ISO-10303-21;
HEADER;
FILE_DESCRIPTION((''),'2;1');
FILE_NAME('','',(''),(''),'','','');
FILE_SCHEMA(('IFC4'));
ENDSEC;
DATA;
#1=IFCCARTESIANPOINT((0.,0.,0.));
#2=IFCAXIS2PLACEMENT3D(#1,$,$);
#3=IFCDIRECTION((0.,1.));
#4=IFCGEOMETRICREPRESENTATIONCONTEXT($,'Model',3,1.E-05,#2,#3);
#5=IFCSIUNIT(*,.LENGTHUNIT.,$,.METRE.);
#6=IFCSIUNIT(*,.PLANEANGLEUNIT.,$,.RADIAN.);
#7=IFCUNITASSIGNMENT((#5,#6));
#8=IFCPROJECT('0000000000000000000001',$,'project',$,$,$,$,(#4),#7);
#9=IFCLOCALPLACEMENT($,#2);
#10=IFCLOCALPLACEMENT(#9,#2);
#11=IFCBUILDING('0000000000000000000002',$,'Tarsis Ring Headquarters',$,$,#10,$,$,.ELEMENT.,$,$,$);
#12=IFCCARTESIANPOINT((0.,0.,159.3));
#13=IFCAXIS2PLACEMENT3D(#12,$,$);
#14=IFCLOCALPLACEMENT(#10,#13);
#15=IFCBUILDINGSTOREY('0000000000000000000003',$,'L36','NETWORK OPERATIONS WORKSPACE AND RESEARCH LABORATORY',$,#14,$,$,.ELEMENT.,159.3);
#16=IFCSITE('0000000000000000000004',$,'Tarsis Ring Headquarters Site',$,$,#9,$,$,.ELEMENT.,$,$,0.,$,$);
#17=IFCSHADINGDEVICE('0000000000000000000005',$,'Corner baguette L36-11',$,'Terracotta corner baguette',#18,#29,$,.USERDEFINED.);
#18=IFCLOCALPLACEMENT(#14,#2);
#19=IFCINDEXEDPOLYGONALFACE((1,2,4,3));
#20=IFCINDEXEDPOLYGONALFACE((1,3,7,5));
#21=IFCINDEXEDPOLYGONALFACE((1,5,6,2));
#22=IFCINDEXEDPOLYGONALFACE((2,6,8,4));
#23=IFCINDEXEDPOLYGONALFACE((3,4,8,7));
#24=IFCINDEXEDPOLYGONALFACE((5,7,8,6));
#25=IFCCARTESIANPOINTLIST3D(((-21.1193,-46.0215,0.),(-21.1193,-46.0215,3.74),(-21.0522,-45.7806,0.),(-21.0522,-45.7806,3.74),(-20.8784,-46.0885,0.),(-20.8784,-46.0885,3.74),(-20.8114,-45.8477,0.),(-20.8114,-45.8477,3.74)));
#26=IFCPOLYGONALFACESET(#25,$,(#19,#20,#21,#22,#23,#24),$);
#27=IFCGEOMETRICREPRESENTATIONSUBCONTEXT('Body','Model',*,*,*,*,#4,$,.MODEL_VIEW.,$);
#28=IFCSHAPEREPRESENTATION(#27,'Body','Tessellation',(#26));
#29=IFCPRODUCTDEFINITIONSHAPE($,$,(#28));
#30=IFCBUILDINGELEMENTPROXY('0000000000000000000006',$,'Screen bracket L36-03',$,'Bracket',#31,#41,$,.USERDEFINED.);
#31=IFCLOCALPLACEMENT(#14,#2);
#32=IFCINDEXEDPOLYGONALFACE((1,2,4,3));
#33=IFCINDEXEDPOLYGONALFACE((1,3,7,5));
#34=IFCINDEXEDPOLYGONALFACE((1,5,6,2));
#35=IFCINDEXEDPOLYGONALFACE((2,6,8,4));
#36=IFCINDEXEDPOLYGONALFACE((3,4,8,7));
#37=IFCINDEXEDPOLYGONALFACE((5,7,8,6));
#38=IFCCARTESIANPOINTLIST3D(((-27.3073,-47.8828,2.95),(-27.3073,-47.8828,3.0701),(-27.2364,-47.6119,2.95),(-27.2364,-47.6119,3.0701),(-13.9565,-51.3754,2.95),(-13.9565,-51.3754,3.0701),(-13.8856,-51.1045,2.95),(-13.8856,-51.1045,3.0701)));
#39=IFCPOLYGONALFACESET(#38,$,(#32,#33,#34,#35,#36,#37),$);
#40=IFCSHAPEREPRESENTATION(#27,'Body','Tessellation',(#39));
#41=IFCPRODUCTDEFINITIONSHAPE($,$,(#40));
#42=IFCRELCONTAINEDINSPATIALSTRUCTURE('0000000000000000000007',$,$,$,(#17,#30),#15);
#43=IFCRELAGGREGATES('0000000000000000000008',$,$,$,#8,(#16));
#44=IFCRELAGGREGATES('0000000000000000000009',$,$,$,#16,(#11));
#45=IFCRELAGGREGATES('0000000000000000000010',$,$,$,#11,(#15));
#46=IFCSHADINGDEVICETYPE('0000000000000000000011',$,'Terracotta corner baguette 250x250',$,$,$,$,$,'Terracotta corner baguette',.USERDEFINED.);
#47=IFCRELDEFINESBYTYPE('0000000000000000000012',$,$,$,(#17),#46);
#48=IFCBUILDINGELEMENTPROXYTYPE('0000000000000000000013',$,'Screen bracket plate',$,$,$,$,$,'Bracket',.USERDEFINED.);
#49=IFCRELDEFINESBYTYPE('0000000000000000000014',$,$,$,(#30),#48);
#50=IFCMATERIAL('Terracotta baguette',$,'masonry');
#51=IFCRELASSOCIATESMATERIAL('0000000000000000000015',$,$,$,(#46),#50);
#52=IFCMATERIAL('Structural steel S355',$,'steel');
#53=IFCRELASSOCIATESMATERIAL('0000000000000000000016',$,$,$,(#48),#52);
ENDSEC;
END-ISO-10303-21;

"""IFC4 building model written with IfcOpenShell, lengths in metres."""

from ifc_helpers import new_model, si_unit, direction, frame, origin, origin_2d, place, context, subcontext, project, spatial, rectangle, extrude, material, type_object, element, save


model = new_model("IFC4")

# Units and contexts
model_context = context("Model", 3, precision=1e-05, world=origin(), true_north=direction((0.0, 1.0)))
body_context = subcontext(model_context, "Body", "Model", "MODEL_VIEW")
ifc_project = project(units=[si_unit("LENGTHUNIT", "METRE"), si_unit("PLANEANGLEUNIT", "RADIAN")], contexts=[model_context])

# Site, building, storey
site_placement = place(None, origin())
site = spatial("IfcSite", under=ifc_project, at=site_placement, Name="Tarsis Ring Headquarters Site", CompositionType="ELEMENT", RefElevation=0.0)
building_placement = place(site_placement, origin())
building = spatial("IfcBuilding", under=site, at=building_placement, Name="Tarsis Ring Headquarters", CompositionType="ELEMENT")
storey_placement = place(building_placement, frame((0.0, 0.0, 159.3)))
storey = spatial("IfcBuildingStorey", under=building, at=storey_placement, Name="L36", Description="NETWORK OPERATIONS WORKSPACE AND RESEARCH LABORATORY", CompositionType="ELEMENT", Elevation=159.3)

# Shared definitions
ifc_material_1 = material(Name="Structural steel S355", Category="steel")

# Shading device
ifc_material_2 = material(Name="Terracotta baguette", Category="masonry")
shading_device_type_1 = type_object("IfcShadingDeviceType", Name="Terracotta corner baguette 250x250", ElementType="Terracotta corner baguette", PredefinedType="USERDEFINED", material=ifc_material_2)
for number, where, z_axis, x_axis, name in (
    (1, (-20.9653, -45.9346, 0.0), (0.0, 0.0, 1.0), (-0.268248, -0.96335, 0.0), "Corner baguette L36-11"),
):
    element("IfcShadingDevice", number, at=place(storey_placement, frame(where, z_axis=z_axis, x_axis=x_axis)), inside=storey, type_object=shading_device_type_1, Name=name, ObjectType="Terracotta corner baguette", PredefinedType="USERDEFINED", context=body_context, shape_type="SweptSolid", body=[
        extrude(rectangle(XDim=0.25, YDim=0.25, at=origin_2d()), origin(), (0.0, 0.0, 1.0), 3.74),
    ])

# Building element proxy
building_element_proxy_type = type_object("IfcBuildingElementProxyType", Name="Screen bracket plate", ElementType="Bracket", PredefinedType="USERDEFINED", material=ifc_material_1)
proxy_placement = place(storey_placement, frame((-20.5964, -49.4937, 2.95), z_axis=(0.0, 0.0, 1.0), x_axis=(0.967445, -0.253083, 0.0)))
element("IfcBuildingElementProxy", 2, at=proxy_placement, inside=storey, type_object=building_element_proxy_type, Name="Screen bracket L36-03", ObjectType="Bracket", PredefinedType="USERDEFINED", context=body_context, shape_type="SweptSolid", body=[
    extrude(rectangle(XDim=13.8, YDim=0.28, at=origin_2d()), origin(), (0.0, 0.0, 1.0), 0.1201),
])

save(model, "model.ifc")
